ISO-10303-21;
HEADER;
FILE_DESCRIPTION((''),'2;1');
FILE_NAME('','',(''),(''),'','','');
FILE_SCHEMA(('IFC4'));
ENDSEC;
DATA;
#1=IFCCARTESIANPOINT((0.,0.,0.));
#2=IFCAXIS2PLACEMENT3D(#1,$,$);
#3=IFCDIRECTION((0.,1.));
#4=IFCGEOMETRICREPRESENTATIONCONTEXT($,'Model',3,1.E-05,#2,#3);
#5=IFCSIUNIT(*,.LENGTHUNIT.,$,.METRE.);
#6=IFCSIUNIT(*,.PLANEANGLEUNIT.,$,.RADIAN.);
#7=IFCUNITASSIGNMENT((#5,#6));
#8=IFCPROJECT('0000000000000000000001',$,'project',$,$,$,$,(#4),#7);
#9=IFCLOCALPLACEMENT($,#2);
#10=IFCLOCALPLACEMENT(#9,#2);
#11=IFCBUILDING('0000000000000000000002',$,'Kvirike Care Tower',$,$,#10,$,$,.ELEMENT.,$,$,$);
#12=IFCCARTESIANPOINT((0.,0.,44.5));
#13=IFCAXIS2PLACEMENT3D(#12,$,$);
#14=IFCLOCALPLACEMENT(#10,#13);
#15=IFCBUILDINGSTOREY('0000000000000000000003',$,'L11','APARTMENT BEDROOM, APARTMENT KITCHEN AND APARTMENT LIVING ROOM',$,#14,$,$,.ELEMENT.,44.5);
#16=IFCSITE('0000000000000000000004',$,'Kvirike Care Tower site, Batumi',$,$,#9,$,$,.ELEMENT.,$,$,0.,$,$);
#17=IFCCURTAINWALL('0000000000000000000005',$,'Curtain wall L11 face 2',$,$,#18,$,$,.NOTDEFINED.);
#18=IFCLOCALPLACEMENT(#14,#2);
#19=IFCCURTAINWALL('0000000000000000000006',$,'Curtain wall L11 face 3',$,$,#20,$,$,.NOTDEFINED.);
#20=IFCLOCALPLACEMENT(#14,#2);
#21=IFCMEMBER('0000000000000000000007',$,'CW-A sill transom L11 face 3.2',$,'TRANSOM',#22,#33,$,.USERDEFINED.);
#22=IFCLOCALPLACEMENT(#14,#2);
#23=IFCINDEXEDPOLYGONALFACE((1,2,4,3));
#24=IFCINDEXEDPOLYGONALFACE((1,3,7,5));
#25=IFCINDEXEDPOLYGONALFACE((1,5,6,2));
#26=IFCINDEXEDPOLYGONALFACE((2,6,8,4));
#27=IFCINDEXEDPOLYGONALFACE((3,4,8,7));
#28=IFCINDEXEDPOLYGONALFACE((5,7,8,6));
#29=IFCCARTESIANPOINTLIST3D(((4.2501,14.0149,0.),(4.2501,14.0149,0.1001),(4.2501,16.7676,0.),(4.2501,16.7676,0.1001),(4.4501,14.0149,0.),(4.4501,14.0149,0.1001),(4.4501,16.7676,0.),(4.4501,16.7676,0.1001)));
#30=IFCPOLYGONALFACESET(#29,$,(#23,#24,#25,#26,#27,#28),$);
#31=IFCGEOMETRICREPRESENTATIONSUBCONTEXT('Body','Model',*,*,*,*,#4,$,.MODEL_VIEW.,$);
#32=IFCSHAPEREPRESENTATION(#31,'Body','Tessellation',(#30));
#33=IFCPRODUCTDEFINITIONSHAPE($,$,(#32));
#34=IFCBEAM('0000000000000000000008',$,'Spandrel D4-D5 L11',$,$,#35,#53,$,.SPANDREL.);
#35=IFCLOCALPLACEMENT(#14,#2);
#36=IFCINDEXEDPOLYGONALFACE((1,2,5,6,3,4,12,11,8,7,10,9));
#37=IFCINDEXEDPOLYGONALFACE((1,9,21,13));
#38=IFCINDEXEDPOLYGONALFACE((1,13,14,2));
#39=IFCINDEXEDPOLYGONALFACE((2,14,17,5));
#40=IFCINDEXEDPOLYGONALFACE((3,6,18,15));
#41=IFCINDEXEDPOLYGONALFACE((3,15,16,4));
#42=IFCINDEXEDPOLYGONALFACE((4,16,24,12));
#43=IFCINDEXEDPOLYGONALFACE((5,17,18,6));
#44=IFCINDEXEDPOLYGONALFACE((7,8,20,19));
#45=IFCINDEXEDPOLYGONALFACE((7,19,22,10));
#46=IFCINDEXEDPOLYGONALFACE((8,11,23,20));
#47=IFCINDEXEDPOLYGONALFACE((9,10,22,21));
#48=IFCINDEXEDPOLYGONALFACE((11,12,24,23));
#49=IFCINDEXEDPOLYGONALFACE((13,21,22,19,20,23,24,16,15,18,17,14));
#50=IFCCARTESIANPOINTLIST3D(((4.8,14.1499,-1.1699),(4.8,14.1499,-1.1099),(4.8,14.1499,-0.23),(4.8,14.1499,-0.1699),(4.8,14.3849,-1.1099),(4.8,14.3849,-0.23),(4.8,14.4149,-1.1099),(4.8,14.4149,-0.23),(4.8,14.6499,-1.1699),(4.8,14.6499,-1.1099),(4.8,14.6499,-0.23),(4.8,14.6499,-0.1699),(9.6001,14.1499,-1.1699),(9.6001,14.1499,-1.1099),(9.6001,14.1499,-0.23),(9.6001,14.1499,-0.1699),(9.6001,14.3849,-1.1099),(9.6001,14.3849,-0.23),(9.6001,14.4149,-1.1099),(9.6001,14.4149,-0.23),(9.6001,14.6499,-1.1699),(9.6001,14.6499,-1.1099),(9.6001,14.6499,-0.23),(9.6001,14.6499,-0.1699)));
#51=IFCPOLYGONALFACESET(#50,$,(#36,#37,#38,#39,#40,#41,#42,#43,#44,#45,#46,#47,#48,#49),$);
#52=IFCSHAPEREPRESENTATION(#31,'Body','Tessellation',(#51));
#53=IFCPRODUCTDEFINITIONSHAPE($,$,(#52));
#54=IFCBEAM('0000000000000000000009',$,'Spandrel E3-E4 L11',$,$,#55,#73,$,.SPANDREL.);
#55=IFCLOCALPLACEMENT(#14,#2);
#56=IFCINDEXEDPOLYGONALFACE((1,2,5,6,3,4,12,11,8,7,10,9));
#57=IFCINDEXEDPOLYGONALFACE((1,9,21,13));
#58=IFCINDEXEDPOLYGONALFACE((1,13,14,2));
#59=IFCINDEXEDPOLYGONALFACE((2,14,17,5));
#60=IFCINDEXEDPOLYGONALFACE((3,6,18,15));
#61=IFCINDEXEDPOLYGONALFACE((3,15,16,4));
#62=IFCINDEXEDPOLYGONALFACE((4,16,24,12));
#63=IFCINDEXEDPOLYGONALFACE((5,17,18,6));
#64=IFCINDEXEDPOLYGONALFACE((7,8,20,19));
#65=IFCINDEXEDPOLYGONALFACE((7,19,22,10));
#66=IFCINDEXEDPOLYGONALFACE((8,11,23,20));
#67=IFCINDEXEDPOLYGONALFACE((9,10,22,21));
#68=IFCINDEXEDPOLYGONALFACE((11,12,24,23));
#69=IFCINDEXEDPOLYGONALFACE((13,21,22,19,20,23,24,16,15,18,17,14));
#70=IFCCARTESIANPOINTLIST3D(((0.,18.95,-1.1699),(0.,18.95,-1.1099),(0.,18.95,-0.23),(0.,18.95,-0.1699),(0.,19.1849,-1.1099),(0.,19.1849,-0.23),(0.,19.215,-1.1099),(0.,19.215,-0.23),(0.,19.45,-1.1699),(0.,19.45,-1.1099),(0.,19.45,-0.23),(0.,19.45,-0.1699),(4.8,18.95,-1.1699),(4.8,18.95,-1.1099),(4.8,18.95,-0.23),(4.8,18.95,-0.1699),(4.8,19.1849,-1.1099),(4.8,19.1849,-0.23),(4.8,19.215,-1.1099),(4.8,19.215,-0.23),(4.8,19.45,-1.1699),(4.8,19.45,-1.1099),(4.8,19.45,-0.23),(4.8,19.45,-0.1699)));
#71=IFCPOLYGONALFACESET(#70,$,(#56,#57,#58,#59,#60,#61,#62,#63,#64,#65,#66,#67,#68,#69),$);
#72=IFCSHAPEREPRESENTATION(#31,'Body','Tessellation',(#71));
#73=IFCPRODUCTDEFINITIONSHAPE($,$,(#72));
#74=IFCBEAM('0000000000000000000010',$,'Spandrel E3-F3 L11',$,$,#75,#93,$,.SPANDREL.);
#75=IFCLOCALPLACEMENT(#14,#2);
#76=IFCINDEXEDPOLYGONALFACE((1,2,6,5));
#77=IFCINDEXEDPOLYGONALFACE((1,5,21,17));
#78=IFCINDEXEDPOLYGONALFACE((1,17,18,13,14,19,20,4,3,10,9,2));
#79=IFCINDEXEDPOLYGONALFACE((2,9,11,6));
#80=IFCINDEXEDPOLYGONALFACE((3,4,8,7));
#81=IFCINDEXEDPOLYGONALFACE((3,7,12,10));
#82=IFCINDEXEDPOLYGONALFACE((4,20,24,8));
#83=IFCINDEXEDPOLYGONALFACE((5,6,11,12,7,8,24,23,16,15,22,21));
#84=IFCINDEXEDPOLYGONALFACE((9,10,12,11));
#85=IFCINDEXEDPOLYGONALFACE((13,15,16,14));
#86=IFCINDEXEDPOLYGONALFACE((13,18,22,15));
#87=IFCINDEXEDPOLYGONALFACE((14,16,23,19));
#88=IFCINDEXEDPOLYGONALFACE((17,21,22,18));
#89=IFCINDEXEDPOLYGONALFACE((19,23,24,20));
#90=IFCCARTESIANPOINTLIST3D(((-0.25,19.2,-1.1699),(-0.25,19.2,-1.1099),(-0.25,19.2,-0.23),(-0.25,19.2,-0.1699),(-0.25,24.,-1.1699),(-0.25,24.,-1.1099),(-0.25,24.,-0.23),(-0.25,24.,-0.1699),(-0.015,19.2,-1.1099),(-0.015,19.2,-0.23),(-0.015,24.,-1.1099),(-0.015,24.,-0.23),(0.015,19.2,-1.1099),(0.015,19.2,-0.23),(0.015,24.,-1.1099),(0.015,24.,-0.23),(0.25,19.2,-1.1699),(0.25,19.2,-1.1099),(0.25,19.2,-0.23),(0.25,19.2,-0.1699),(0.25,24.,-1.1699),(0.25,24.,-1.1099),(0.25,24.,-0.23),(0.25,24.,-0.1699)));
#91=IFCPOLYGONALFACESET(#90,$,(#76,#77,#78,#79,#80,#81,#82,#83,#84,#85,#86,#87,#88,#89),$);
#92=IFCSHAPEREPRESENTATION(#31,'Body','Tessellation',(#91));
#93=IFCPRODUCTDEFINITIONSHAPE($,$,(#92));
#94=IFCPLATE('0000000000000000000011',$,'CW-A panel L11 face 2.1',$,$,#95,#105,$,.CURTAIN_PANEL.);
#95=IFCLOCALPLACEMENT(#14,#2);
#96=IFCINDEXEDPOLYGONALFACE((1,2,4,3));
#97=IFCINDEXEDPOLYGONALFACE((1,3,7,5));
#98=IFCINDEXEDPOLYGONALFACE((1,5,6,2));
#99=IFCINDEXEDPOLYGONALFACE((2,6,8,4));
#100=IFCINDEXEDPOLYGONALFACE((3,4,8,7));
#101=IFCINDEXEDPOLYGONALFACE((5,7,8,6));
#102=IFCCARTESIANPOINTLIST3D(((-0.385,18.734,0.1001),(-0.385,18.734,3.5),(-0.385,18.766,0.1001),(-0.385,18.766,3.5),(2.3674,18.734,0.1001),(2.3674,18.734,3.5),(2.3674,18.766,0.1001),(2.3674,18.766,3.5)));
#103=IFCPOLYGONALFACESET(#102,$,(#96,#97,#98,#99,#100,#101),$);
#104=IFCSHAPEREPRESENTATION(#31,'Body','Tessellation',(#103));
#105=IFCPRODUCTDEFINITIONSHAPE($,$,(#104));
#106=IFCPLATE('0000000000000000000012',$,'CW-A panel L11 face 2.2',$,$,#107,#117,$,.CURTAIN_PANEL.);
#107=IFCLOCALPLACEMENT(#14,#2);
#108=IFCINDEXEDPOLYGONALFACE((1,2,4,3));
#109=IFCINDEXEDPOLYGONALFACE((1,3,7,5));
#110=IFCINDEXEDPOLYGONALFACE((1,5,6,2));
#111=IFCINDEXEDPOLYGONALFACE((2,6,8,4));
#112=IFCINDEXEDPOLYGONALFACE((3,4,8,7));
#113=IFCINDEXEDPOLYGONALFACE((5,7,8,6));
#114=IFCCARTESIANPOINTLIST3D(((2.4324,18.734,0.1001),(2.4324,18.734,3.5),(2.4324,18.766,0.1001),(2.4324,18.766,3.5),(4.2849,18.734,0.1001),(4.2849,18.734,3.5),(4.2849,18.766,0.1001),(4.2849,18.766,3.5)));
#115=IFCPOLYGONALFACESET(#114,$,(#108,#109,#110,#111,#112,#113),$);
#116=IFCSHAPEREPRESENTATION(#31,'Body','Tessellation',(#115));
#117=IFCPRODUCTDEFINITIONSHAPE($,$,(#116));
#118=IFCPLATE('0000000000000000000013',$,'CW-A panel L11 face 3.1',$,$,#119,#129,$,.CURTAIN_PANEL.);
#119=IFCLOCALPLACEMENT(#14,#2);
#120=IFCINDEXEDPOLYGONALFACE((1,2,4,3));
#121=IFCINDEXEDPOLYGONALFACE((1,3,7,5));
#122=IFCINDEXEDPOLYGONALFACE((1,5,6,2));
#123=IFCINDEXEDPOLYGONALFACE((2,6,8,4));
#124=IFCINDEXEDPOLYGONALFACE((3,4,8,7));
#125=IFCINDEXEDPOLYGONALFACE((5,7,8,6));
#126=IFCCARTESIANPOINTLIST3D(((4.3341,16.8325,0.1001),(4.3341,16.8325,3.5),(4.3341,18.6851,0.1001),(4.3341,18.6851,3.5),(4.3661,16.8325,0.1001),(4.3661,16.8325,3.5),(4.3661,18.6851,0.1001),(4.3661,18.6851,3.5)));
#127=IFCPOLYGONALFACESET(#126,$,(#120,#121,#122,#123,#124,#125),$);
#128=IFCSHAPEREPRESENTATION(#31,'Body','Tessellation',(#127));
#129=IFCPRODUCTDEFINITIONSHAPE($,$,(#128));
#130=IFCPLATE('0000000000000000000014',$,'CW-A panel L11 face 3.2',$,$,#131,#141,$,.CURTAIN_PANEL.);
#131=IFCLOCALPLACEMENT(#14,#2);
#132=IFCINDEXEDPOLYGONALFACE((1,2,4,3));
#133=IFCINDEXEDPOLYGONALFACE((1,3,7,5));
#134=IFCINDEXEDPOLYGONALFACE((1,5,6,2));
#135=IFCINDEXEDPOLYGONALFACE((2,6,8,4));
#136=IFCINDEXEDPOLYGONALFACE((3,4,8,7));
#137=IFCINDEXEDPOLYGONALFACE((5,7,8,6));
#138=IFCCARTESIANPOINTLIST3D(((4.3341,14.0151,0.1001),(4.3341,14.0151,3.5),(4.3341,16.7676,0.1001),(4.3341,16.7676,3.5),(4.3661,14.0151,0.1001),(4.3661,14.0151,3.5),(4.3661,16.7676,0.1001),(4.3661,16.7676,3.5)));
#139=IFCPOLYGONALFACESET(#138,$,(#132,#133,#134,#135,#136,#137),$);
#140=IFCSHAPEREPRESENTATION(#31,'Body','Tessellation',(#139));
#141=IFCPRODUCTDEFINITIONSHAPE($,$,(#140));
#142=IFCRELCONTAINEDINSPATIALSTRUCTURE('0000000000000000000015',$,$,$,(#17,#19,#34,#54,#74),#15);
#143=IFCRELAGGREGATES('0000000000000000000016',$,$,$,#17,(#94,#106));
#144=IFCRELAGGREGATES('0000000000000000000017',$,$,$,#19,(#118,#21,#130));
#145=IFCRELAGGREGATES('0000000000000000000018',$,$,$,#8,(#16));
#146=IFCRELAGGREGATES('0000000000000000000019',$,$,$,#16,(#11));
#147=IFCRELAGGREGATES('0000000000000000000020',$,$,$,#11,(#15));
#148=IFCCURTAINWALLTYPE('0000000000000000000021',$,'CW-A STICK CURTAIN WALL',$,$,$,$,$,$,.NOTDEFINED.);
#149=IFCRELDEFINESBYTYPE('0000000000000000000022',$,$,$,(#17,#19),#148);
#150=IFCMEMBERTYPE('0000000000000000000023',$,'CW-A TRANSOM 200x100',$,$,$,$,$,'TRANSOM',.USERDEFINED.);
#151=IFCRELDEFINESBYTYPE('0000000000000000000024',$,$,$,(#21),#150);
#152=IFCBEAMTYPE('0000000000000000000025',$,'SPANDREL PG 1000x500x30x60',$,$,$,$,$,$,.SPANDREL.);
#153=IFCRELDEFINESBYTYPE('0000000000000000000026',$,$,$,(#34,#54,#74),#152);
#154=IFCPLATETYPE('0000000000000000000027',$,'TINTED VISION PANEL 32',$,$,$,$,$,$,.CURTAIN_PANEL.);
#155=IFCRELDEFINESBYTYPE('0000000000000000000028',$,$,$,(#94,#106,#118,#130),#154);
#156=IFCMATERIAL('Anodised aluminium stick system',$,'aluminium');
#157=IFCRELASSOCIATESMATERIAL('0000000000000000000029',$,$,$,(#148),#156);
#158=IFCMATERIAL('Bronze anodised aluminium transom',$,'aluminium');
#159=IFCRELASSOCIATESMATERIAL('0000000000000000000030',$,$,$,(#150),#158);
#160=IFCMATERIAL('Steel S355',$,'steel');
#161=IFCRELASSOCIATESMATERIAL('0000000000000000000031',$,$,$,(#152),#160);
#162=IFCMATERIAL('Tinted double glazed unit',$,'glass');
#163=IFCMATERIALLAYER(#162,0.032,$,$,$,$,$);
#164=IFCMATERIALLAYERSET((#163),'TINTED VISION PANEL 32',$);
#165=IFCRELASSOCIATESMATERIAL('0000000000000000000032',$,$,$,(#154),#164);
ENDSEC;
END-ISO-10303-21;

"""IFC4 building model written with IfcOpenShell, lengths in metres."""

from ifc_helpers import new_model, si_unit, direction, frame, origin, origin_2d, place, context, subcontext, project, spatial, rectangle, i_section, extrude, material, layer, layer_set, material_profile, profile_set, type_object, element, aggregate, save


model = new_model("IFC4")

# Units and contexts
model_context = context("Model", 3, precision=1e-05, world=origin(), true_north=direction((0.0, 1.0)))
body_context = subcontext(model_context, "Body", "Model", "MODEL_VIEW")
ifc_project = project(units=[si_unit("LENGTHUNIT", "METRE"), si_unit("PLANEANGLEUNIT", "RADIAN")], contexts=[model_context])

# Site, building, storey
site_placement = place(None, origin())
site = spatial("IfcSite", under=ifc_project, at=site_placement, Name="Kvirike Care Tower site, Batumi", CompositionType="ELEMENT", RefElevation=0.0)
building_placement = place(site_placement, origin())
building = spatial("IfcBuilding", under=site, at=building_placement, Name="Kvirike Care Tower", CompositionType="ELEMENT")
storey_placement = place(building_placement, frame((0.0, 0.0, 44.5)))
storey = spatial("IfcBuildingStorey", under=building, at=storey_placement, Name="L11", Description="APARTMENT BEDROOM, APARTMENT KITCHEN AND APARTMENT LIVING ROOM", CompositionType="ELEMENT", Elevation=44.5)

# Curtain walls
ifc_material_1 = material(Name="Anodised aluminium stick system", Category="aluminium")
curtain_wall_type = type_object("IfcCurtainWallType", Name="CW-A STICK CURTAIN WALL", PredefinedType="NOTDEFINED", material=ifc_material_1)
curtain_wall_1_placement = place(storey_placement, origin())
curtain_wall_1 = element("IfcCurtainWall", 1, at=curtain_wall_1_placement, inside=storey, type_object=curtain_wall_type, Name="Curtain wall L11 face 2", PredefinedType="NOTDEFINED")
curtain_wall_2_placement = place(storey_placement, origin())
curtain_wall_2 = element("IfcCurtainWall", 2, at=curtain_wall_2_placement, inside=storey, type_object=curtain_wall_type, Name="Curtain wall L11 face 3", PredefinedType="NOTDEFINED")

# Member
ifc_material_2 = material(Name="Bronze anodised aluminium transom", Category="aluminium")
ifc_material_profile_1 = material_profile(ifc_material_2, rectangle(XDim=0.2, YDim=0.1001, at=origin_2d()), Name="CW-A TRANSOM 200x100")
ifc_profile_set_1 = profile_set([ifc_material_profile_1], Name="Bronze anodised aluminium transom")
member_type_1 = type_object("IfcMemberType", Name="CW-A TRANSOM 200x100", ElementType="TRANSOM", PredefinedType="USERDEFINED", material=ifc_profile_set_1)
member_1_placement = place(storey_placement, frame((4.3501, 16.7676, 0.05), z_axis=(0.0, -1.0, 0.0), x_axis=(1.0, 0.0, 0.0)))
member_1 = element("IfcMember", 3, at=member_1_placement, type_object=member_type_1, Name="CW-A sill transom L11 face 3.2", ObjectType="TRANSOM", PredefinedType="USERDEFINED", context=body_context, shape_type="SweptSolid", body=[
    extrude(rectangle(XDim=0.2, YDim=0.1001, at=origin_2d()), origin(), (0.0, 0.0, 1.0), 2.7527),
])

# Beams
ifc_material_3 = material(Name="Steel S355", Category="steel")
ifc_material_profile_2 = material_profile(ifc_material_3, i_section(OverallWidth=0.5, OverallDepth=1.0, WebThickness=0.03, FlangeThickness=0.0601, at=origin_2d()), Name="PG 1000x500x30x60")
ifc_profile_set_2 = profile_set([ifc_material_profile_2], Name="Steel S355")
beam_type = type_object("IfcBeamType", Name="SPANDREL PG 1000x500x30x60", PredefinedType="SPANDREL", material=ifc_profile_set_2)
for number, where, z_axis, x_axis, name in (
    (4, (4.8, 14.3999, -0.6699), (1.0, 0.0, 0.0), (0.0, 1.0, 0.0), "Spandrel D4-D5 L11"),
    (5, (0.0, 19.2, -0.6699), (1.0, 0.0, 0.0), (0.0, 1.0, 0.0), "Spandrel E3-E4 L11"),
    (6, (0.0, 19.2, -0.6699), (0.0, 1.0, 0.0), (-1.0, 0.0, 0.0), "Spandrel E3-F3 L11"),
):
    element("IfcBeam", number, at=place(storey_placement, frame(where, z_axis=z_axis, x_axis=x_axis)), inside=storey, type_object=beam_type, Name=name, PredefinedType="SPANDREL", context=body_context, shape_type="SweptSolid", body=[
        extrude(i_section(OverallWidth=0.5, OverallDepth=1.0, WebThickness=0.03, FlangeThickness=0.0601, at=origin_2d()), origin(), (0.0, 0.0, 1.0), 4.8),
    ])

# Plates
ifc_material_4 = material(Name="Tinted double glazed unit", Category="glass")
ifc_layer = layer(ifc_material_4, 0.032)
ifc_layer_set = layer_set([ifc_layer], Name="TINTED VISION PANEL 32")
plate_type = type_object("IfcPlateType", Name="TINTED VISION PANEL 32", PredefinedType="CURTAIN_PANEL", material=ifc_layer_set)
plate_1_placement = place(storey_placement, frame((0.9912, 18.75, 0.1001), z_axis=(0.0, 0.0, 1.0), x_axis=(1.0, 0.0, 0.0)))
plate_1 = element("IfcPlate", 7, at=plate_1_placement, type_object=plate_type, Name="CW-A panel L11 face 2.1", PredefinedType="CURTAIN_PANEL", context=body_context, shape_type="SweptSolid", body=[
    extrude(rectangle(XDim=2.7524, YDim=0.032, at=origin_2d()), origin(), (0.0, 0.0, 1.0), 3.3999),
])
plate_2_placement = place(storey_placement, frame((3.3586, 18.75, 0.1001), z_axis=(0.0, 0.0, 1.0), x_axis=(1.0, 0.0, 0.0)))
plate_2 = element("IfcPlate", 8, at=plate_2_placement, type_object=plate_type, Name="CW-A panel L11 face 2.2", PredefinedType="CURTAIN_PANEL", context=body_context, shape_type="SweptSolid", body=[
    extrude(rectangle(XDim=1.8525, YDim=0.032, at=origin_2d()), origin(), (0.0, 0.0, 1.0), 3.3999),
])
aggregate(curtain_wall_1, [plate_1, plate_2])
plate_3_placement = place(storey_placement, frame((4.3501, 17.7588, 0.1001), z_axis=(0.0, 0.0, 1.0), x_axis=(0.0, -1.0, 0.0)))
plate_3 = element("IfcPlate", 9, at=plate_3_placement, type_object=plate_type, Name="CW-A panel L11 face 3.1", PredefinedType="CURTAIN_PANEL", context=body_context, shape_type="SweptSolid", body=[
    extrude(rectangle(XDim=1.8525, YDim=0.032, at=origin_2d()), origin(), (0.0, 0.0, 1.0), 3.3999),
])
plate_4_placement = place(storey_placement, frame((4.3501, 15.3914, 0.1001), z_axis=(0.0, 0.0, 1.0), x_axis=(0.0, -1.0, 0.0)))
plate_4 = element("IfcPlate", 10, at=plate_4_placement, type_object=plate_type, Name="CW-A panel L11 face 3.2", PredefinedType="CURTAIN_PANEL", context=body_context, shape_type="SweptSolid", body=[
    extrude(rectangle(XDim=2.7524, YDim=0.032, at=origin_2d()), origin(), (0.0, 0.0, 1.0), 3.3999),
])
aggregate(curtain_wall_2, [plate_3, member_1, plate_4])

save(model, "model.ifc")
